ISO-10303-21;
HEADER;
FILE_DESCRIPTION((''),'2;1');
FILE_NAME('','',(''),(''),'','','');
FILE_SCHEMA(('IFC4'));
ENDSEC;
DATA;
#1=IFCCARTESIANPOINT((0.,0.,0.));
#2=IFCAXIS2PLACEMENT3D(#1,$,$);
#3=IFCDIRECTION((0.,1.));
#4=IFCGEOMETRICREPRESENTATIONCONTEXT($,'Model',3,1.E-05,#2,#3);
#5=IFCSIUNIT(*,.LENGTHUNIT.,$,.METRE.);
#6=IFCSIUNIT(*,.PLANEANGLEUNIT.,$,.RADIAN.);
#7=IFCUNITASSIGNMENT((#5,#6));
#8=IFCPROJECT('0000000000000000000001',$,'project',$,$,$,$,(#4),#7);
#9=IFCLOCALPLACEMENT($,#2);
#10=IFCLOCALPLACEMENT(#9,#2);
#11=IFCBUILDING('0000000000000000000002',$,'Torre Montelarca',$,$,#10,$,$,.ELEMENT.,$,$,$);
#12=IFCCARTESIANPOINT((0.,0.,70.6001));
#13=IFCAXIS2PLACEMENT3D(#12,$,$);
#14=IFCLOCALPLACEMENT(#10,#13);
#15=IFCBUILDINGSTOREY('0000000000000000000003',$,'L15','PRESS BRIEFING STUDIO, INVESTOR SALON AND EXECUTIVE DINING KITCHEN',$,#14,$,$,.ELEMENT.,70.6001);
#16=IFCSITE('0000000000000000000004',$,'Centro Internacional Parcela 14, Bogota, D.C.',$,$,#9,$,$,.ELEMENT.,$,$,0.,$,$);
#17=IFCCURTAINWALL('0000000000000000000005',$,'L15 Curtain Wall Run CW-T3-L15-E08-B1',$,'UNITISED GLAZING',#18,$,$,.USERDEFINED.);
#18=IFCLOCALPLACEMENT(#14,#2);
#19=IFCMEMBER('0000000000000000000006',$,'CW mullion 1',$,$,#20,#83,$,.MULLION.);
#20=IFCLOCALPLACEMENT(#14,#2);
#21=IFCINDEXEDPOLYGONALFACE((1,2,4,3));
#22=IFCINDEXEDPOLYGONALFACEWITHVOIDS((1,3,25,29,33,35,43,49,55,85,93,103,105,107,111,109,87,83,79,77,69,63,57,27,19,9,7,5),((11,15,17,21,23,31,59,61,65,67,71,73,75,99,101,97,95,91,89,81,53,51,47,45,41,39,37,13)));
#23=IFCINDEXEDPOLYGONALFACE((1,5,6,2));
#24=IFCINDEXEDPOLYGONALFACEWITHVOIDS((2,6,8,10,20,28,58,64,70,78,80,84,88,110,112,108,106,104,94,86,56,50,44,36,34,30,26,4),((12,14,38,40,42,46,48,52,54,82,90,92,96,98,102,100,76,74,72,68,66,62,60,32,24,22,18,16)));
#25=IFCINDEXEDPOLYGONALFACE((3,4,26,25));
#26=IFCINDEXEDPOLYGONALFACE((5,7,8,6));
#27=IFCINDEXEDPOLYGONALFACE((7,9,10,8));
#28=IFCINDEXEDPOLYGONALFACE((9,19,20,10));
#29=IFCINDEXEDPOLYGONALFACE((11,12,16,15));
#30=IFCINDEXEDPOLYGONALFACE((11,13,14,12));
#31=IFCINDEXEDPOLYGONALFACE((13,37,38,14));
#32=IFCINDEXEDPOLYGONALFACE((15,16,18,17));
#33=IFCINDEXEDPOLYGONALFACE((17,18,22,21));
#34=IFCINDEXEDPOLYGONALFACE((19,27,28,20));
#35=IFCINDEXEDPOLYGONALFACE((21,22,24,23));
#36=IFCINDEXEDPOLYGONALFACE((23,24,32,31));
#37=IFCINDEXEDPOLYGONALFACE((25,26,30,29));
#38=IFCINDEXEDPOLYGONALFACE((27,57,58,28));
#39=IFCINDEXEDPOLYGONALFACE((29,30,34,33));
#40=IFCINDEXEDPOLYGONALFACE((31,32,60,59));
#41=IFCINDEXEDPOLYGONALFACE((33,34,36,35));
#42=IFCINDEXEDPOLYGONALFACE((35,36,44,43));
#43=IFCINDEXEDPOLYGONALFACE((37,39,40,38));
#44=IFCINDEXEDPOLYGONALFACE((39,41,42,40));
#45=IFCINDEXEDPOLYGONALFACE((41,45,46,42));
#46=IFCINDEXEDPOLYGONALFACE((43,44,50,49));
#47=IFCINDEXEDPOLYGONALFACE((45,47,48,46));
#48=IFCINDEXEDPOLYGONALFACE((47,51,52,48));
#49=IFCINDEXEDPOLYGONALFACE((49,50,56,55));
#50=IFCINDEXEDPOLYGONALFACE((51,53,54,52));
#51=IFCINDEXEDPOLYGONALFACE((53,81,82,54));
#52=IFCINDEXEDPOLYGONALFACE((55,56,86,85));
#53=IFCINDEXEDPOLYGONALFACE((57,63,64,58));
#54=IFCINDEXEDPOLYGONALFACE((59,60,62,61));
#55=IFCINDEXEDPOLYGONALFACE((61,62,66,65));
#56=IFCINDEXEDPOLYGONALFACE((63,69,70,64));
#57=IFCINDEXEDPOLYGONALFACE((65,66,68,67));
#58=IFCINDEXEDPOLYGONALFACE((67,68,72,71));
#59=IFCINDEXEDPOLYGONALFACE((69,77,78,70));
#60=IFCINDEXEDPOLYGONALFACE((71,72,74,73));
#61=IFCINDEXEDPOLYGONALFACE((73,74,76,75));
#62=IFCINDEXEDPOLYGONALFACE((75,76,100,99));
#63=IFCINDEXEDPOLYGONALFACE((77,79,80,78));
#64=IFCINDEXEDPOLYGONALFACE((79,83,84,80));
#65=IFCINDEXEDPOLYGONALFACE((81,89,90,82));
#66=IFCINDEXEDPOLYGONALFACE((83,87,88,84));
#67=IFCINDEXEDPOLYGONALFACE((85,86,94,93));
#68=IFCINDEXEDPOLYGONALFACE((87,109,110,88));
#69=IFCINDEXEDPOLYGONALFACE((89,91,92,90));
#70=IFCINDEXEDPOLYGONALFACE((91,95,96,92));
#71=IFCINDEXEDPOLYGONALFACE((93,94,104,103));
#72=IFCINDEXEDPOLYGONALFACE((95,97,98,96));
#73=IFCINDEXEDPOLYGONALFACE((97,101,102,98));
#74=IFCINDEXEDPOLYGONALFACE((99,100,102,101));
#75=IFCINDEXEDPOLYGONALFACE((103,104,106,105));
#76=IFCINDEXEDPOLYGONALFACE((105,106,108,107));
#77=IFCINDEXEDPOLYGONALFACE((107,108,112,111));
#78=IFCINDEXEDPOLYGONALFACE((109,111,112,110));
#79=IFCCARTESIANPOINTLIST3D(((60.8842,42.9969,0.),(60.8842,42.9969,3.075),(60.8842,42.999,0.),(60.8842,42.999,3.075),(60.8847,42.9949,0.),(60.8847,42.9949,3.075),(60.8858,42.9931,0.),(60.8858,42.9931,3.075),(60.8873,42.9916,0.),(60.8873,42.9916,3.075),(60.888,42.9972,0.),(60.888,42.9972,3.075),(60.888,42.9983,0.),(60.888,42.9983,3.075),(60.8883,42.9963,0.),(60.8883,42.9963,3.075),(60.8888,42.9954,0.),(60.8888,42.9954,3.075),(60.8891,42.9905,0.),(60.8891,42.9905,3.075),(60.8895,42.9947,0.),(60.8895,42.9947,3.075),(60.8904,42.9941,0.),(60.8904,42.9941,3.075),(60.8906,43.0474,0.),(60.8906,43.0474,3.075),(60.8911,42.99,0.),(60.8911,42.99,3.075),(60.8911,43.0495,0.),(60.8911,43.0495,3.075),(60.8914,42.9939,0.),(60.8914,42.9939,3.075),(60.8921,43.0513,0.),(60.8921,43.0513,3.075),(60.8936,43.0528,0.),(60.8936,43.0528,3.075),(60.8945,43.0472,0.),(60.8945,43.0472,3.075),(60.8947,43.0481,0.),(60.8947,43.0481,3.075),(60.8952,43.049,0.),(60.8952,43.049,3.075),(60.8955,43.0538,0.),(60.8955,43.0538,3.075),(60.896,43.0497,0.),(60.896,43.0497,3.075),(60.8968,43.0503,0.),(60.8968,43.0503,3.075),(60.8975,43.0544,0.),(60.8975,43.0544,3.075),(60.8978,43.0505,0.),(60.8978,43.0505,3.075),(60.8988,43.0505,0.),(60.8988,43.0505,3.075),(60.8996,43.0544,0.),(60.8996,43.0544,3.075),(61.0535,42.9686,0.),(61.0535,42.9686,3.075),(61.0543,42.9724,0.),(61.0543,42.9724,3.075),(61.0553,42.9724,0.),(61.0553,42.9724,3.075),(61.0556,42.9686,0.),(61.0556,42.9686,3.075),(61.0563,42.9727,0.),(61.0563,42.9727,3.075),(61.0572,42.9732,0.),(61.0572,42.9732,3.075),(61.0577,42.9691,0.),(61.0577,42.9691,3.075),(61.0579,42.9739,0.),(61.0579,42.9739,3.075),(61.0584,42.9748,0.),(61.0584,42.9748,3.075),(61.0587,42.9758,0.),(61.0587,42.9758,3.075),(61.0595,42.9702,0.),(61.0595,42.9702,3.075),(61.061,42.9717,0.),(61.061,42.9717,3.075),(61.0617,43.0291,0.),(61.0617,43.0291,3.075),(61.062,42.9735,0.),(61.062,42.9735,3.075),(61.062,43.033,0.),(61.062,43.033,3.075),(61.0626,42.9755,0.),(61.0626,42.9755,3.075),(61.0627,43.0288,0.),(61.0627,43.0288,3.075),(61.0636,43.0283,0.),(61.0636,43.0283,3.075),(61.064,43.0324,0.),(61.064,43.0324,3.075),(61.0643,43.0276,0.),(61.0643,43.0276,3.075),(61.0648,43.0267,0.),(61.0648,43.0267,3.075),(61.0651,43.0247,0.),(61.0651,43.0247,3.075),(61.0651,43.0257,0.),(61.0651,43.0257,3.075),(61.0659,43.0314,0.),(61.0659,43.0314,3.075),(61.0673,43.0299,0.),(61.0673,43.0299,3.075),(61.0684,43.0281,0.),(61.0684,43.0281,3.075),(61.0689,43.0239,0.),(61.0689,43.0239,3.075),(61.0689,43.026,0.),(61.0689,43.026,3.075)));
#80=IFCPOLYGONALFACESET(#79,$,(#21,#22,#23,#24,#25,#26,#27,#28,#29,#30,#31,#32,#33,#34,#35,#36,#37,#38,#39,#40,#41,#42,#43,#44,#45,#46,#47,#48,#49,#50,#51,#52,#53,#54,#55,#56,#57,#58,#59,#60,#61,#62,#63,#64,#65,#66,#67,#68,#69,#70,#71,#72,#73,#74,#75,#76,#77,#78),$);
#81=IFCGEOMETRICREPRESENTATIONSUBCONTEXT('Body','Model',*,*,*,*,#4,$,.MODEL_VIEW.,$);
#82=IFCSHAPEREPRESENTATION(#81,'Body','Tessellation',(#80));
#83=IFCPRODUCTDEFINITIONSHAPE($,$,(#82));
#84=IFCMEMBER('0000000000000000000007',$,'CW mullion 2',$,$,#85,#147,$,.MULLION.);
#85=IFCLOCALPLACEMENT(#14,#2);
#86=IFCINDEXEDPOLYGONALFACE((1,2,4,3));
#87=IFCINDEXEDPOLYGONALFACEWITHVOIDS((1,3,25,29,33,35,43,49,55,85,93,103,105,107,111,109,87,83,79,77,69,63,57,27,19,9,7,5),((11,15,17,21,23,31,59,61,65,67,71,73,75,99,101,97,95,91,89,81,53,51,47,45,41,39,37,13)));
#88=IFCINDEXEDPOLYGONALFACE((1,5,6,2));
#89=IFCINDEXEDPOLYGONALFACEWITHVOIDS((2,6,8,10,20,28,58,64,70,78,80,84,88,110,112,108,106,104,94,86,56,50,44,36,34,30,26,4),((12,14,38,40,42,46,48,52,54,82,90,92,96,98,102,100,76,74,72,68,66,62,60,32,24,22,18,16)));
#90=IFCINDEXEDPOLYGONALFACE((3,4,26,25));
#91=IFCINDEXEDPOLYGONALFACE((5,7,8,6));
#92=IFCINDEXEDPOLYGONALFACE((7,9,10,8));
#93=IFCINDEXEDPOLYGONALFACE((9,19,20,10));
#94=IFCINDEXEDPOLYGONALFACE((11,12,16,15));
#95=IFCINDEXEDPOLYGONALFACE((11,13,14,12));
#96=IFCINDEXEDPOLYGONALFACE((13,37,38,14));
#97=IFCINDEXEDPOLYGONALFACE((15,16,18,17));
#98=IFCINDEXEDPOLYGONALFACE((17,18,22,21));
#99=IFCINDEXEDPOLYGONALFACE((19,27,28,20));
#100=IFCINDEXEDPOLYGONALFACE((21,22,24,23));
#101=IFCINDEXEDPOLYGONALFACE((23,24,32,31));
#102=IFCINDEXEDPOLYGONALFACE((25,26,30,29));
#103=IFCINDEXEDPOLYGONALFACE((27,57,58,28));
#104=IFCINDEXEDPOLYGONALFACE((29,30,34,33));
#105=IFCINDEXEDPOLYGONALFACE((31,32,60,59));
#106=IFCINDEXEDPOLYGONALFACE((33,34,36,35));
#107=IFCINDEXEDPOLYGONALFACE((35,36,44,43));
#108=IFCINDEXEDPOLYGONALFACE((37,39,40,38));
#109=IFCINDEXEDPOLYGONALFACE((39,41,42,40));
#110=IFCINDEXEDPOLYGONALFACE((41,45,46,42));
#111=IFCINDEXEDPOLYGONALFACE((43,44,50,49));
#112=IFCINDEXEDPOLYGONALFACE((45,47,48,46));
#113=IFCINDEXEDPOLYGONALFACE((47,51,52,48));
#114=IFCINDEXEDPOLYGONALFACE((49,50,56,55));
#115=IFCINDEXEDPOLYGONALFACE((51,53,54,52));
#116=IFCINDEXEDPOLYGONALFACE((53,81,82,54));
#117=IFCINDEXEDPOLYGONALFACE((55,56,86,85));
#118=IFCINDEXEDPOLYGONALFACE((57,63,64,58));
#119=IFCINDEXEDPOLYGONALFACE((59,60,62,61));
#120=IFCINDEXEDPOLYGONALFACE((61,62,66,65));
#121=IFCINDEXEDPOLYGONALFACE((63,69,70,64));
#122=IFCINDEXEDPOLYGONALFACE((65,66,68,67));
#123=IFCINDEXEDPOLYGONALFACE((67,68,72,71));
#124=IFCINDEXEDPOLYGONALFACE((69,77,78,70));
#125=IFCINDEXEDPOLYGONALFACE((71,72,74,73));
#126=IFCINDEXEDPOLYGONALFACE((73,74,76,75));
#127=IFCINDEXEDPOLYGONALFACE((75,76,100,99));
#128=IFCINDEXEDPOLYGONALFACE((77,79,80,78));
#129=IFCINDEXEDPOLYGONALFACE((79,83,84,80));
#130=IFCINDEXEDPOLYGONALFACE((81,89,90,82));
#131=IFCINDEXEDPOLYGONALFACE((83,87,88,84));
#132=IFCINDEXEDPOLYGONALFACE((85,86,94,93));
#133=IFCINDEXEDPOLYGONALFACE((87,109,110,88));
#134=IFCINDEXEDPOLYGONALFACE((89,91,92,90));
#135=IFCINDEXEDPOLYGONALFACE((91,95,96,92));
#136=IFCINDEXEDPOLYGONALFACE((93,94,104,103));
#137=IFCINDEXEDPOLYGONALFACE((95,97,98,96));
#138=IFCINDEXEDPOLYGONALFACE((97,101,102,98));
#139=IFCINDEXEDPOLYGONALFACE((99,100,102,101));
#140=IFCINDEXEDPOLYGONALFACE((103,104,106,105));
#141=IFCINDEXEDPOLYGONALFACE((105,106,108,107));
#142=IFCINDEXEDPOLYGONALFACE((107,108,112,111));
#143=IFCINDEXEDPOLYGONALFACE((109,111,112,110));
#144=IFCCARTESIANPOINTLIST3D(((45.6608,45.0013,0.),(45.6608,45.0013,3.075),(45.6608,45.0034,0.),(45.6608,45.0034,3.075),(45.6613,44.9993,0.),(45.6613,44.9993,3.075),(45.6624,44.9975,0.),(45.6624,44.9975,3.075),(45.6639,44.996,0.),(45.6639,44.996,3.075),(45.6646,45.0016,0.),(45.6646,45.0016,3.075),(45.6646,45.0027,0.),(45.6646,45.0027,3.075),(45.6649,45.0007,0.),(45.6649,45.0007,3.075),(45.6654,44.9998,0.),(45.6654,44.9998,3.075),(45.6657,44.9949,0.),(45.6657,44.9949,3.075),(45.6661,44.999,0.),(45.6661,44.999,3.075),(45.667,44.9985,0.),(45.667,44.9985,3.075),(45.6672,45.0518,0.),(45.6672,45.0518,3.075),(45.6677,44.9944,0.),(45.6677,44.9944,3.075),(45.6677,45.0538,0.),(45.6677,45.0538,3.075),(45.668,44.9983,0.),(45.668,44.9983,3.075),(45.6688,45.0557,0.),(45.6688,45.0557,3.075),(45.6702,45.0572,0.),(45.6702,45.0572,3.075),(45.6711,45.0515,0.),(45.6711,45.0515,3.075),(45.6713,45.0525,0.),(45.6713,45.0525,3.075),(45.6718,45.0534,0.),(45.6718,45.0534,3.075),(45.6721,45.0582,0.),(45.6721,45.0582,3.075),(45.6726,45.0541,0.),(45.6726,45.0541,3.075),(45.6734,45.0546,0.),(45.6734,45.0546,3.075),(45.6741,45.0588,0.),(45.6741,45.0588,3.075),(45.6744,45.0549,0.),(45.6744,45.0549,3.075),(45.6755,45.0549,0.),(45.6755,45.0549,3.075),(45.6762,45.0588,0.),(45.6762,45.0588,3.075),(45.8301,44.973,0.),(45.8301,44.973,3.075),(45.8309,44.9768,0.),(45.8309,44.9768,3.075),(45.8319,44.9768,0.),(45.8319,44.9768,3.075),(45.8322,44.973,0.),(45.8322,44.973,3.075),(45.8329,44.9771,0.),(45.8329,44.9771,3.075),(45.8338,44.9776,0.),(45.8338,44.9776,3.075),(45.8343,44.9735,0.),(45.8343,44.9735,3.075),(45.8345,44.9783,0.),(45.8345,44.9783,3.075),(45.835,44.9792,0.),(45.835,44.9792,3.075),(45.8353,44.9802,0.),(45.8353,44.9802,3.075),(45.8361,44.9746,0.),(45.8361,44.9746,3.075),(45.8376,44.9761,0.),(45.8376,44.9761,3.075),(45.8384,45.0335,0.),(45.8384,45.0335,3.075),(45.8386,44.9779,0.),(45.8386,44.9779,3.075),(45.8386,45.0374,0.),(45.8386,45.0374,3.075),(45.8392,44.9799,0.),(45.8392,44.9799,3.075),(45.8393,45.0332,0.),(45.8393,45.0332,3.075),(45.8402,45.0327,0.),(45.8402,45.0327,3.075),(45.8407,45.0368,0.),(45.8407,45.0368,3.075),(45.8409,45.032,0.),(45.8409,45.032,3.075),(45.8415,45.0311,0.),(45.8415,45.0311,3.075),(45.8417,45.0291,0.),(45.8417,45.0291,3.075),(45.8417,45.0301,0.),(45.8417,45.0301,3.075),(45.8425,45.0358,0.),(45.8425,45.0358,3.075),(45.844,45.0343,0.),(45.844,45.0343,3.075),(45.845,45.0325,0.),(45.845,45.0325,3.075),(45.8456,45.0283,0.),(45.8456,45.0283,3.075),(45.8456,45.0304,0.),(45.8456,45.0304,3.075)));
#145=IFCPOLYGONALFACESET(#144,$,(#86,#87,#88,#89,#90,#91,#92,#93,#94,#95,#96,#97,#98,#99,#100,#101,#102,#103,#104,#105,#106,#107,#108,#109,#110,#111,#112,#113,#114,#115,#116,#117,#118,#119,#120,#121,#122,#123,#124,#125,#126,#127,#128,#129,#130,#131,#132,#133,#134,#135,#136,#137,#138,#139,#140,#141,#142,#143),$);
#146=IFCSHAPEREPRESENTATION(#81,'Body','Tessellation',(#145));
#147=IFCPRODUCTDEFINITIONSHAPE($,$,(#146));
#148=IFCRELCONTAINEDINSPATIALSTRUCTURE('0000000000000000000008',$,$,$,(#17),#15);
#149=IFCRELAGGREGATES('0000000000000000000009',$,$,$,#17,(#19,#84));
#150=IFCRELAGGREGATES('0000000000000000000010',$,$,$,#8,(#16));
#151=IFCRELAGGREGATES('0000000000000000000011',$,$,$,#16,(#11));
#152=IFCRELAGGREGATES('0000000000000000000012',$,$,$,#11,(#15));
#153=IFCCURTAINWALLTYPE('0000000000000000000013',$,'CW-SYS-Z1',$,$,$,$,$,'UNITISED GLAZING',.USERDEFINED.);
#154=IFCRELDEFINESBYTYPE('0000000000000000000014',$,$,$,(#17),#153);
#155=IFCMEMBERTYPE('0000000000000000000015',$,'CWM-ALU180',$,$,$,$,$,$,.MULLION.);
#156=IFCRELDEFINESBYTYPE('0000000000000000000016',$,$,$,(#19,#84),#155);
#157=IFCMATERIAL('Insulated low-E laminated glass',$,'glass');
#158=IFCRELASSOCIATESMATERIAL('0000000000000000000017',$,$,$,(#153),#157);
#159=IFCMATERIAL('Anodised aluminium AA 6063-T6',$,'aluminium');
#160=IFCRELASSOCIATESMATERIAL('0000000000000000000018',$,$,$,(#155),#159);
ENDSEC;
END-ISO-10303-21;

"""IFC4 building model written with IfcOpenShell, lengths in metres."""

from ifc_helpers import new_model, si_unit, direction, frame, origin, origin_2d, place, context, subcontext, project, spatial, hollow_rectangle, extrude, source, transform, mapped, material, material_profile, profile_set, type_object, element, aggregate, save


model = new_model("IFC4")

# Units and contexts
model_context = context("Model", 3, precision=1e-05, world=origin(), true_north=direction((0.0, 1.0)))
body_context = subcontext(model_context, "Body", "Model", "MODEL_VIEW")
ifc_project = project(units=[si_unit("LENGTHUNIT", "METRE"), si_unit("PLANEANGLEUNIT", "RADIAN")], contexts=[model_context])

# Site, building, storey
site_placement = place(None, origin())
site = spatial("IfcSite", under=ifc_project, at=site_placement, Name="Centro Internacional Parcela 14, Bogota, D.C.", CompositionType="ELEMENT", RefElevation=0.0)
building_placement = place(site_placement, origin())
building = spatial("IfcBuilding", under=site, at=building_placement, Name="Torre Montelarca", CompositionType="ELEMENT")
storey_placement = place(building_placement, frame((0.0, 0.0, 70.6001)))
storey = spatial("IfcBuildingStorey", under=building, at=storey_placement, Name="L15", Description="PRESS BRIEFING STUDIO, INVESTOR SALON AND EXECUTIVE DINING KITCHEN", CompositionType="ELEMENT", Elevation=70.6001)

# Curtain wall
ifc_material_1 = material(Name="Insulated low-E laminated glass", Category="glass")
curtain_wall_type = type_object("IfcCurtainWallType", Name="CW-SYS-Z1", ElementType="UNITISED GLAZING", PredefinedType="USERDEFINED", material=ifc_material_1)
ifc_material_2 = material(Name="Anodised aluminium AA 6063-T6", Category="aluminium")
curtain_wall_1_placement = place(storey_placement, origin())
curtain_wall_1 = element("IfcCurtainWall", 1, at=curtain_wall_1_placement, inside=storey, type_object=curtain_wall_type, Name="L15 Curtain Wall Run CW-T3-L15-E08-B1", ObjectType="UNITISED GLAZING", PredefinedType="USERDEFINED")

# Members
ifc_material_profile_1 = material_profile(ifc_material_2, hollow_rectangle(XDim=0.0649, YDim=0.1799, WallThickness=0.0039, InnerFilletRadius=0.0039, OuterFilletRadius=0.0081, at=origin_2d()), Name="ALU65X180X4", Category="aluminium")
ifc_profile_set_1 = profile_set([ifc_material_profile_1], Name="Anodised aluminium AA 6063-T6")
member_type_1 = type_object("IfcMemberType", Name="CWM-ALU180", PredefinedType="MULLION", material=ifc_profile_set_1)
shared_shape_1 = source(origin(), body_context, "Body", "SweptSolid", [
    extrude(hollow_rectangle(XDim=0.0649, YDim=0.1799, WallThickness=0.0039, InnerFilletRadius=0.0039, OuterFilletRadius=0.0081, at=origin_2d()), origin(), (0.0, 0.0, 1.0), 3.075),
])
member_1_placement = place(storey_placement, frame((60.9766, 43.0115, 0.0), z_axis=(0.0, 0.0, 1.0), x_axis=(-0.130525, -0.991445, 0.0)))
member_1 = element("IfcMember", 2, at=member_1_placement, type_object=member_type_1, Name="CW mullion 1", PredefinedType="MULLION", context=body_context, shape_type="MappedRepresentation", body=[
    mapped(shared_shape_1, transform((0.0, 0.0, 0.0), scale=1.0)),
])
member_2_placement = place(storey_placement, frame((45.7532, 45.0159, 0.0), z_axis=(0.0, 0.0, 1.0), x_axis=(-0.130525, -0.991445, 0.0)))
member_2 = element("IfcMember", 3, at=member_2_placement, type_object=member_type_1, Name="CW mullion 2", PredefinedType="MULLION", context=body_context, shape_type="MappedRepresentation", body=[
    mapped(shared_shape_1, transform((0.0, 0.0, 0.0), scale=1.0)),
])

aggregate(curtain_wall_1, [member_1, member_2])

save(model, "model.ifc")
